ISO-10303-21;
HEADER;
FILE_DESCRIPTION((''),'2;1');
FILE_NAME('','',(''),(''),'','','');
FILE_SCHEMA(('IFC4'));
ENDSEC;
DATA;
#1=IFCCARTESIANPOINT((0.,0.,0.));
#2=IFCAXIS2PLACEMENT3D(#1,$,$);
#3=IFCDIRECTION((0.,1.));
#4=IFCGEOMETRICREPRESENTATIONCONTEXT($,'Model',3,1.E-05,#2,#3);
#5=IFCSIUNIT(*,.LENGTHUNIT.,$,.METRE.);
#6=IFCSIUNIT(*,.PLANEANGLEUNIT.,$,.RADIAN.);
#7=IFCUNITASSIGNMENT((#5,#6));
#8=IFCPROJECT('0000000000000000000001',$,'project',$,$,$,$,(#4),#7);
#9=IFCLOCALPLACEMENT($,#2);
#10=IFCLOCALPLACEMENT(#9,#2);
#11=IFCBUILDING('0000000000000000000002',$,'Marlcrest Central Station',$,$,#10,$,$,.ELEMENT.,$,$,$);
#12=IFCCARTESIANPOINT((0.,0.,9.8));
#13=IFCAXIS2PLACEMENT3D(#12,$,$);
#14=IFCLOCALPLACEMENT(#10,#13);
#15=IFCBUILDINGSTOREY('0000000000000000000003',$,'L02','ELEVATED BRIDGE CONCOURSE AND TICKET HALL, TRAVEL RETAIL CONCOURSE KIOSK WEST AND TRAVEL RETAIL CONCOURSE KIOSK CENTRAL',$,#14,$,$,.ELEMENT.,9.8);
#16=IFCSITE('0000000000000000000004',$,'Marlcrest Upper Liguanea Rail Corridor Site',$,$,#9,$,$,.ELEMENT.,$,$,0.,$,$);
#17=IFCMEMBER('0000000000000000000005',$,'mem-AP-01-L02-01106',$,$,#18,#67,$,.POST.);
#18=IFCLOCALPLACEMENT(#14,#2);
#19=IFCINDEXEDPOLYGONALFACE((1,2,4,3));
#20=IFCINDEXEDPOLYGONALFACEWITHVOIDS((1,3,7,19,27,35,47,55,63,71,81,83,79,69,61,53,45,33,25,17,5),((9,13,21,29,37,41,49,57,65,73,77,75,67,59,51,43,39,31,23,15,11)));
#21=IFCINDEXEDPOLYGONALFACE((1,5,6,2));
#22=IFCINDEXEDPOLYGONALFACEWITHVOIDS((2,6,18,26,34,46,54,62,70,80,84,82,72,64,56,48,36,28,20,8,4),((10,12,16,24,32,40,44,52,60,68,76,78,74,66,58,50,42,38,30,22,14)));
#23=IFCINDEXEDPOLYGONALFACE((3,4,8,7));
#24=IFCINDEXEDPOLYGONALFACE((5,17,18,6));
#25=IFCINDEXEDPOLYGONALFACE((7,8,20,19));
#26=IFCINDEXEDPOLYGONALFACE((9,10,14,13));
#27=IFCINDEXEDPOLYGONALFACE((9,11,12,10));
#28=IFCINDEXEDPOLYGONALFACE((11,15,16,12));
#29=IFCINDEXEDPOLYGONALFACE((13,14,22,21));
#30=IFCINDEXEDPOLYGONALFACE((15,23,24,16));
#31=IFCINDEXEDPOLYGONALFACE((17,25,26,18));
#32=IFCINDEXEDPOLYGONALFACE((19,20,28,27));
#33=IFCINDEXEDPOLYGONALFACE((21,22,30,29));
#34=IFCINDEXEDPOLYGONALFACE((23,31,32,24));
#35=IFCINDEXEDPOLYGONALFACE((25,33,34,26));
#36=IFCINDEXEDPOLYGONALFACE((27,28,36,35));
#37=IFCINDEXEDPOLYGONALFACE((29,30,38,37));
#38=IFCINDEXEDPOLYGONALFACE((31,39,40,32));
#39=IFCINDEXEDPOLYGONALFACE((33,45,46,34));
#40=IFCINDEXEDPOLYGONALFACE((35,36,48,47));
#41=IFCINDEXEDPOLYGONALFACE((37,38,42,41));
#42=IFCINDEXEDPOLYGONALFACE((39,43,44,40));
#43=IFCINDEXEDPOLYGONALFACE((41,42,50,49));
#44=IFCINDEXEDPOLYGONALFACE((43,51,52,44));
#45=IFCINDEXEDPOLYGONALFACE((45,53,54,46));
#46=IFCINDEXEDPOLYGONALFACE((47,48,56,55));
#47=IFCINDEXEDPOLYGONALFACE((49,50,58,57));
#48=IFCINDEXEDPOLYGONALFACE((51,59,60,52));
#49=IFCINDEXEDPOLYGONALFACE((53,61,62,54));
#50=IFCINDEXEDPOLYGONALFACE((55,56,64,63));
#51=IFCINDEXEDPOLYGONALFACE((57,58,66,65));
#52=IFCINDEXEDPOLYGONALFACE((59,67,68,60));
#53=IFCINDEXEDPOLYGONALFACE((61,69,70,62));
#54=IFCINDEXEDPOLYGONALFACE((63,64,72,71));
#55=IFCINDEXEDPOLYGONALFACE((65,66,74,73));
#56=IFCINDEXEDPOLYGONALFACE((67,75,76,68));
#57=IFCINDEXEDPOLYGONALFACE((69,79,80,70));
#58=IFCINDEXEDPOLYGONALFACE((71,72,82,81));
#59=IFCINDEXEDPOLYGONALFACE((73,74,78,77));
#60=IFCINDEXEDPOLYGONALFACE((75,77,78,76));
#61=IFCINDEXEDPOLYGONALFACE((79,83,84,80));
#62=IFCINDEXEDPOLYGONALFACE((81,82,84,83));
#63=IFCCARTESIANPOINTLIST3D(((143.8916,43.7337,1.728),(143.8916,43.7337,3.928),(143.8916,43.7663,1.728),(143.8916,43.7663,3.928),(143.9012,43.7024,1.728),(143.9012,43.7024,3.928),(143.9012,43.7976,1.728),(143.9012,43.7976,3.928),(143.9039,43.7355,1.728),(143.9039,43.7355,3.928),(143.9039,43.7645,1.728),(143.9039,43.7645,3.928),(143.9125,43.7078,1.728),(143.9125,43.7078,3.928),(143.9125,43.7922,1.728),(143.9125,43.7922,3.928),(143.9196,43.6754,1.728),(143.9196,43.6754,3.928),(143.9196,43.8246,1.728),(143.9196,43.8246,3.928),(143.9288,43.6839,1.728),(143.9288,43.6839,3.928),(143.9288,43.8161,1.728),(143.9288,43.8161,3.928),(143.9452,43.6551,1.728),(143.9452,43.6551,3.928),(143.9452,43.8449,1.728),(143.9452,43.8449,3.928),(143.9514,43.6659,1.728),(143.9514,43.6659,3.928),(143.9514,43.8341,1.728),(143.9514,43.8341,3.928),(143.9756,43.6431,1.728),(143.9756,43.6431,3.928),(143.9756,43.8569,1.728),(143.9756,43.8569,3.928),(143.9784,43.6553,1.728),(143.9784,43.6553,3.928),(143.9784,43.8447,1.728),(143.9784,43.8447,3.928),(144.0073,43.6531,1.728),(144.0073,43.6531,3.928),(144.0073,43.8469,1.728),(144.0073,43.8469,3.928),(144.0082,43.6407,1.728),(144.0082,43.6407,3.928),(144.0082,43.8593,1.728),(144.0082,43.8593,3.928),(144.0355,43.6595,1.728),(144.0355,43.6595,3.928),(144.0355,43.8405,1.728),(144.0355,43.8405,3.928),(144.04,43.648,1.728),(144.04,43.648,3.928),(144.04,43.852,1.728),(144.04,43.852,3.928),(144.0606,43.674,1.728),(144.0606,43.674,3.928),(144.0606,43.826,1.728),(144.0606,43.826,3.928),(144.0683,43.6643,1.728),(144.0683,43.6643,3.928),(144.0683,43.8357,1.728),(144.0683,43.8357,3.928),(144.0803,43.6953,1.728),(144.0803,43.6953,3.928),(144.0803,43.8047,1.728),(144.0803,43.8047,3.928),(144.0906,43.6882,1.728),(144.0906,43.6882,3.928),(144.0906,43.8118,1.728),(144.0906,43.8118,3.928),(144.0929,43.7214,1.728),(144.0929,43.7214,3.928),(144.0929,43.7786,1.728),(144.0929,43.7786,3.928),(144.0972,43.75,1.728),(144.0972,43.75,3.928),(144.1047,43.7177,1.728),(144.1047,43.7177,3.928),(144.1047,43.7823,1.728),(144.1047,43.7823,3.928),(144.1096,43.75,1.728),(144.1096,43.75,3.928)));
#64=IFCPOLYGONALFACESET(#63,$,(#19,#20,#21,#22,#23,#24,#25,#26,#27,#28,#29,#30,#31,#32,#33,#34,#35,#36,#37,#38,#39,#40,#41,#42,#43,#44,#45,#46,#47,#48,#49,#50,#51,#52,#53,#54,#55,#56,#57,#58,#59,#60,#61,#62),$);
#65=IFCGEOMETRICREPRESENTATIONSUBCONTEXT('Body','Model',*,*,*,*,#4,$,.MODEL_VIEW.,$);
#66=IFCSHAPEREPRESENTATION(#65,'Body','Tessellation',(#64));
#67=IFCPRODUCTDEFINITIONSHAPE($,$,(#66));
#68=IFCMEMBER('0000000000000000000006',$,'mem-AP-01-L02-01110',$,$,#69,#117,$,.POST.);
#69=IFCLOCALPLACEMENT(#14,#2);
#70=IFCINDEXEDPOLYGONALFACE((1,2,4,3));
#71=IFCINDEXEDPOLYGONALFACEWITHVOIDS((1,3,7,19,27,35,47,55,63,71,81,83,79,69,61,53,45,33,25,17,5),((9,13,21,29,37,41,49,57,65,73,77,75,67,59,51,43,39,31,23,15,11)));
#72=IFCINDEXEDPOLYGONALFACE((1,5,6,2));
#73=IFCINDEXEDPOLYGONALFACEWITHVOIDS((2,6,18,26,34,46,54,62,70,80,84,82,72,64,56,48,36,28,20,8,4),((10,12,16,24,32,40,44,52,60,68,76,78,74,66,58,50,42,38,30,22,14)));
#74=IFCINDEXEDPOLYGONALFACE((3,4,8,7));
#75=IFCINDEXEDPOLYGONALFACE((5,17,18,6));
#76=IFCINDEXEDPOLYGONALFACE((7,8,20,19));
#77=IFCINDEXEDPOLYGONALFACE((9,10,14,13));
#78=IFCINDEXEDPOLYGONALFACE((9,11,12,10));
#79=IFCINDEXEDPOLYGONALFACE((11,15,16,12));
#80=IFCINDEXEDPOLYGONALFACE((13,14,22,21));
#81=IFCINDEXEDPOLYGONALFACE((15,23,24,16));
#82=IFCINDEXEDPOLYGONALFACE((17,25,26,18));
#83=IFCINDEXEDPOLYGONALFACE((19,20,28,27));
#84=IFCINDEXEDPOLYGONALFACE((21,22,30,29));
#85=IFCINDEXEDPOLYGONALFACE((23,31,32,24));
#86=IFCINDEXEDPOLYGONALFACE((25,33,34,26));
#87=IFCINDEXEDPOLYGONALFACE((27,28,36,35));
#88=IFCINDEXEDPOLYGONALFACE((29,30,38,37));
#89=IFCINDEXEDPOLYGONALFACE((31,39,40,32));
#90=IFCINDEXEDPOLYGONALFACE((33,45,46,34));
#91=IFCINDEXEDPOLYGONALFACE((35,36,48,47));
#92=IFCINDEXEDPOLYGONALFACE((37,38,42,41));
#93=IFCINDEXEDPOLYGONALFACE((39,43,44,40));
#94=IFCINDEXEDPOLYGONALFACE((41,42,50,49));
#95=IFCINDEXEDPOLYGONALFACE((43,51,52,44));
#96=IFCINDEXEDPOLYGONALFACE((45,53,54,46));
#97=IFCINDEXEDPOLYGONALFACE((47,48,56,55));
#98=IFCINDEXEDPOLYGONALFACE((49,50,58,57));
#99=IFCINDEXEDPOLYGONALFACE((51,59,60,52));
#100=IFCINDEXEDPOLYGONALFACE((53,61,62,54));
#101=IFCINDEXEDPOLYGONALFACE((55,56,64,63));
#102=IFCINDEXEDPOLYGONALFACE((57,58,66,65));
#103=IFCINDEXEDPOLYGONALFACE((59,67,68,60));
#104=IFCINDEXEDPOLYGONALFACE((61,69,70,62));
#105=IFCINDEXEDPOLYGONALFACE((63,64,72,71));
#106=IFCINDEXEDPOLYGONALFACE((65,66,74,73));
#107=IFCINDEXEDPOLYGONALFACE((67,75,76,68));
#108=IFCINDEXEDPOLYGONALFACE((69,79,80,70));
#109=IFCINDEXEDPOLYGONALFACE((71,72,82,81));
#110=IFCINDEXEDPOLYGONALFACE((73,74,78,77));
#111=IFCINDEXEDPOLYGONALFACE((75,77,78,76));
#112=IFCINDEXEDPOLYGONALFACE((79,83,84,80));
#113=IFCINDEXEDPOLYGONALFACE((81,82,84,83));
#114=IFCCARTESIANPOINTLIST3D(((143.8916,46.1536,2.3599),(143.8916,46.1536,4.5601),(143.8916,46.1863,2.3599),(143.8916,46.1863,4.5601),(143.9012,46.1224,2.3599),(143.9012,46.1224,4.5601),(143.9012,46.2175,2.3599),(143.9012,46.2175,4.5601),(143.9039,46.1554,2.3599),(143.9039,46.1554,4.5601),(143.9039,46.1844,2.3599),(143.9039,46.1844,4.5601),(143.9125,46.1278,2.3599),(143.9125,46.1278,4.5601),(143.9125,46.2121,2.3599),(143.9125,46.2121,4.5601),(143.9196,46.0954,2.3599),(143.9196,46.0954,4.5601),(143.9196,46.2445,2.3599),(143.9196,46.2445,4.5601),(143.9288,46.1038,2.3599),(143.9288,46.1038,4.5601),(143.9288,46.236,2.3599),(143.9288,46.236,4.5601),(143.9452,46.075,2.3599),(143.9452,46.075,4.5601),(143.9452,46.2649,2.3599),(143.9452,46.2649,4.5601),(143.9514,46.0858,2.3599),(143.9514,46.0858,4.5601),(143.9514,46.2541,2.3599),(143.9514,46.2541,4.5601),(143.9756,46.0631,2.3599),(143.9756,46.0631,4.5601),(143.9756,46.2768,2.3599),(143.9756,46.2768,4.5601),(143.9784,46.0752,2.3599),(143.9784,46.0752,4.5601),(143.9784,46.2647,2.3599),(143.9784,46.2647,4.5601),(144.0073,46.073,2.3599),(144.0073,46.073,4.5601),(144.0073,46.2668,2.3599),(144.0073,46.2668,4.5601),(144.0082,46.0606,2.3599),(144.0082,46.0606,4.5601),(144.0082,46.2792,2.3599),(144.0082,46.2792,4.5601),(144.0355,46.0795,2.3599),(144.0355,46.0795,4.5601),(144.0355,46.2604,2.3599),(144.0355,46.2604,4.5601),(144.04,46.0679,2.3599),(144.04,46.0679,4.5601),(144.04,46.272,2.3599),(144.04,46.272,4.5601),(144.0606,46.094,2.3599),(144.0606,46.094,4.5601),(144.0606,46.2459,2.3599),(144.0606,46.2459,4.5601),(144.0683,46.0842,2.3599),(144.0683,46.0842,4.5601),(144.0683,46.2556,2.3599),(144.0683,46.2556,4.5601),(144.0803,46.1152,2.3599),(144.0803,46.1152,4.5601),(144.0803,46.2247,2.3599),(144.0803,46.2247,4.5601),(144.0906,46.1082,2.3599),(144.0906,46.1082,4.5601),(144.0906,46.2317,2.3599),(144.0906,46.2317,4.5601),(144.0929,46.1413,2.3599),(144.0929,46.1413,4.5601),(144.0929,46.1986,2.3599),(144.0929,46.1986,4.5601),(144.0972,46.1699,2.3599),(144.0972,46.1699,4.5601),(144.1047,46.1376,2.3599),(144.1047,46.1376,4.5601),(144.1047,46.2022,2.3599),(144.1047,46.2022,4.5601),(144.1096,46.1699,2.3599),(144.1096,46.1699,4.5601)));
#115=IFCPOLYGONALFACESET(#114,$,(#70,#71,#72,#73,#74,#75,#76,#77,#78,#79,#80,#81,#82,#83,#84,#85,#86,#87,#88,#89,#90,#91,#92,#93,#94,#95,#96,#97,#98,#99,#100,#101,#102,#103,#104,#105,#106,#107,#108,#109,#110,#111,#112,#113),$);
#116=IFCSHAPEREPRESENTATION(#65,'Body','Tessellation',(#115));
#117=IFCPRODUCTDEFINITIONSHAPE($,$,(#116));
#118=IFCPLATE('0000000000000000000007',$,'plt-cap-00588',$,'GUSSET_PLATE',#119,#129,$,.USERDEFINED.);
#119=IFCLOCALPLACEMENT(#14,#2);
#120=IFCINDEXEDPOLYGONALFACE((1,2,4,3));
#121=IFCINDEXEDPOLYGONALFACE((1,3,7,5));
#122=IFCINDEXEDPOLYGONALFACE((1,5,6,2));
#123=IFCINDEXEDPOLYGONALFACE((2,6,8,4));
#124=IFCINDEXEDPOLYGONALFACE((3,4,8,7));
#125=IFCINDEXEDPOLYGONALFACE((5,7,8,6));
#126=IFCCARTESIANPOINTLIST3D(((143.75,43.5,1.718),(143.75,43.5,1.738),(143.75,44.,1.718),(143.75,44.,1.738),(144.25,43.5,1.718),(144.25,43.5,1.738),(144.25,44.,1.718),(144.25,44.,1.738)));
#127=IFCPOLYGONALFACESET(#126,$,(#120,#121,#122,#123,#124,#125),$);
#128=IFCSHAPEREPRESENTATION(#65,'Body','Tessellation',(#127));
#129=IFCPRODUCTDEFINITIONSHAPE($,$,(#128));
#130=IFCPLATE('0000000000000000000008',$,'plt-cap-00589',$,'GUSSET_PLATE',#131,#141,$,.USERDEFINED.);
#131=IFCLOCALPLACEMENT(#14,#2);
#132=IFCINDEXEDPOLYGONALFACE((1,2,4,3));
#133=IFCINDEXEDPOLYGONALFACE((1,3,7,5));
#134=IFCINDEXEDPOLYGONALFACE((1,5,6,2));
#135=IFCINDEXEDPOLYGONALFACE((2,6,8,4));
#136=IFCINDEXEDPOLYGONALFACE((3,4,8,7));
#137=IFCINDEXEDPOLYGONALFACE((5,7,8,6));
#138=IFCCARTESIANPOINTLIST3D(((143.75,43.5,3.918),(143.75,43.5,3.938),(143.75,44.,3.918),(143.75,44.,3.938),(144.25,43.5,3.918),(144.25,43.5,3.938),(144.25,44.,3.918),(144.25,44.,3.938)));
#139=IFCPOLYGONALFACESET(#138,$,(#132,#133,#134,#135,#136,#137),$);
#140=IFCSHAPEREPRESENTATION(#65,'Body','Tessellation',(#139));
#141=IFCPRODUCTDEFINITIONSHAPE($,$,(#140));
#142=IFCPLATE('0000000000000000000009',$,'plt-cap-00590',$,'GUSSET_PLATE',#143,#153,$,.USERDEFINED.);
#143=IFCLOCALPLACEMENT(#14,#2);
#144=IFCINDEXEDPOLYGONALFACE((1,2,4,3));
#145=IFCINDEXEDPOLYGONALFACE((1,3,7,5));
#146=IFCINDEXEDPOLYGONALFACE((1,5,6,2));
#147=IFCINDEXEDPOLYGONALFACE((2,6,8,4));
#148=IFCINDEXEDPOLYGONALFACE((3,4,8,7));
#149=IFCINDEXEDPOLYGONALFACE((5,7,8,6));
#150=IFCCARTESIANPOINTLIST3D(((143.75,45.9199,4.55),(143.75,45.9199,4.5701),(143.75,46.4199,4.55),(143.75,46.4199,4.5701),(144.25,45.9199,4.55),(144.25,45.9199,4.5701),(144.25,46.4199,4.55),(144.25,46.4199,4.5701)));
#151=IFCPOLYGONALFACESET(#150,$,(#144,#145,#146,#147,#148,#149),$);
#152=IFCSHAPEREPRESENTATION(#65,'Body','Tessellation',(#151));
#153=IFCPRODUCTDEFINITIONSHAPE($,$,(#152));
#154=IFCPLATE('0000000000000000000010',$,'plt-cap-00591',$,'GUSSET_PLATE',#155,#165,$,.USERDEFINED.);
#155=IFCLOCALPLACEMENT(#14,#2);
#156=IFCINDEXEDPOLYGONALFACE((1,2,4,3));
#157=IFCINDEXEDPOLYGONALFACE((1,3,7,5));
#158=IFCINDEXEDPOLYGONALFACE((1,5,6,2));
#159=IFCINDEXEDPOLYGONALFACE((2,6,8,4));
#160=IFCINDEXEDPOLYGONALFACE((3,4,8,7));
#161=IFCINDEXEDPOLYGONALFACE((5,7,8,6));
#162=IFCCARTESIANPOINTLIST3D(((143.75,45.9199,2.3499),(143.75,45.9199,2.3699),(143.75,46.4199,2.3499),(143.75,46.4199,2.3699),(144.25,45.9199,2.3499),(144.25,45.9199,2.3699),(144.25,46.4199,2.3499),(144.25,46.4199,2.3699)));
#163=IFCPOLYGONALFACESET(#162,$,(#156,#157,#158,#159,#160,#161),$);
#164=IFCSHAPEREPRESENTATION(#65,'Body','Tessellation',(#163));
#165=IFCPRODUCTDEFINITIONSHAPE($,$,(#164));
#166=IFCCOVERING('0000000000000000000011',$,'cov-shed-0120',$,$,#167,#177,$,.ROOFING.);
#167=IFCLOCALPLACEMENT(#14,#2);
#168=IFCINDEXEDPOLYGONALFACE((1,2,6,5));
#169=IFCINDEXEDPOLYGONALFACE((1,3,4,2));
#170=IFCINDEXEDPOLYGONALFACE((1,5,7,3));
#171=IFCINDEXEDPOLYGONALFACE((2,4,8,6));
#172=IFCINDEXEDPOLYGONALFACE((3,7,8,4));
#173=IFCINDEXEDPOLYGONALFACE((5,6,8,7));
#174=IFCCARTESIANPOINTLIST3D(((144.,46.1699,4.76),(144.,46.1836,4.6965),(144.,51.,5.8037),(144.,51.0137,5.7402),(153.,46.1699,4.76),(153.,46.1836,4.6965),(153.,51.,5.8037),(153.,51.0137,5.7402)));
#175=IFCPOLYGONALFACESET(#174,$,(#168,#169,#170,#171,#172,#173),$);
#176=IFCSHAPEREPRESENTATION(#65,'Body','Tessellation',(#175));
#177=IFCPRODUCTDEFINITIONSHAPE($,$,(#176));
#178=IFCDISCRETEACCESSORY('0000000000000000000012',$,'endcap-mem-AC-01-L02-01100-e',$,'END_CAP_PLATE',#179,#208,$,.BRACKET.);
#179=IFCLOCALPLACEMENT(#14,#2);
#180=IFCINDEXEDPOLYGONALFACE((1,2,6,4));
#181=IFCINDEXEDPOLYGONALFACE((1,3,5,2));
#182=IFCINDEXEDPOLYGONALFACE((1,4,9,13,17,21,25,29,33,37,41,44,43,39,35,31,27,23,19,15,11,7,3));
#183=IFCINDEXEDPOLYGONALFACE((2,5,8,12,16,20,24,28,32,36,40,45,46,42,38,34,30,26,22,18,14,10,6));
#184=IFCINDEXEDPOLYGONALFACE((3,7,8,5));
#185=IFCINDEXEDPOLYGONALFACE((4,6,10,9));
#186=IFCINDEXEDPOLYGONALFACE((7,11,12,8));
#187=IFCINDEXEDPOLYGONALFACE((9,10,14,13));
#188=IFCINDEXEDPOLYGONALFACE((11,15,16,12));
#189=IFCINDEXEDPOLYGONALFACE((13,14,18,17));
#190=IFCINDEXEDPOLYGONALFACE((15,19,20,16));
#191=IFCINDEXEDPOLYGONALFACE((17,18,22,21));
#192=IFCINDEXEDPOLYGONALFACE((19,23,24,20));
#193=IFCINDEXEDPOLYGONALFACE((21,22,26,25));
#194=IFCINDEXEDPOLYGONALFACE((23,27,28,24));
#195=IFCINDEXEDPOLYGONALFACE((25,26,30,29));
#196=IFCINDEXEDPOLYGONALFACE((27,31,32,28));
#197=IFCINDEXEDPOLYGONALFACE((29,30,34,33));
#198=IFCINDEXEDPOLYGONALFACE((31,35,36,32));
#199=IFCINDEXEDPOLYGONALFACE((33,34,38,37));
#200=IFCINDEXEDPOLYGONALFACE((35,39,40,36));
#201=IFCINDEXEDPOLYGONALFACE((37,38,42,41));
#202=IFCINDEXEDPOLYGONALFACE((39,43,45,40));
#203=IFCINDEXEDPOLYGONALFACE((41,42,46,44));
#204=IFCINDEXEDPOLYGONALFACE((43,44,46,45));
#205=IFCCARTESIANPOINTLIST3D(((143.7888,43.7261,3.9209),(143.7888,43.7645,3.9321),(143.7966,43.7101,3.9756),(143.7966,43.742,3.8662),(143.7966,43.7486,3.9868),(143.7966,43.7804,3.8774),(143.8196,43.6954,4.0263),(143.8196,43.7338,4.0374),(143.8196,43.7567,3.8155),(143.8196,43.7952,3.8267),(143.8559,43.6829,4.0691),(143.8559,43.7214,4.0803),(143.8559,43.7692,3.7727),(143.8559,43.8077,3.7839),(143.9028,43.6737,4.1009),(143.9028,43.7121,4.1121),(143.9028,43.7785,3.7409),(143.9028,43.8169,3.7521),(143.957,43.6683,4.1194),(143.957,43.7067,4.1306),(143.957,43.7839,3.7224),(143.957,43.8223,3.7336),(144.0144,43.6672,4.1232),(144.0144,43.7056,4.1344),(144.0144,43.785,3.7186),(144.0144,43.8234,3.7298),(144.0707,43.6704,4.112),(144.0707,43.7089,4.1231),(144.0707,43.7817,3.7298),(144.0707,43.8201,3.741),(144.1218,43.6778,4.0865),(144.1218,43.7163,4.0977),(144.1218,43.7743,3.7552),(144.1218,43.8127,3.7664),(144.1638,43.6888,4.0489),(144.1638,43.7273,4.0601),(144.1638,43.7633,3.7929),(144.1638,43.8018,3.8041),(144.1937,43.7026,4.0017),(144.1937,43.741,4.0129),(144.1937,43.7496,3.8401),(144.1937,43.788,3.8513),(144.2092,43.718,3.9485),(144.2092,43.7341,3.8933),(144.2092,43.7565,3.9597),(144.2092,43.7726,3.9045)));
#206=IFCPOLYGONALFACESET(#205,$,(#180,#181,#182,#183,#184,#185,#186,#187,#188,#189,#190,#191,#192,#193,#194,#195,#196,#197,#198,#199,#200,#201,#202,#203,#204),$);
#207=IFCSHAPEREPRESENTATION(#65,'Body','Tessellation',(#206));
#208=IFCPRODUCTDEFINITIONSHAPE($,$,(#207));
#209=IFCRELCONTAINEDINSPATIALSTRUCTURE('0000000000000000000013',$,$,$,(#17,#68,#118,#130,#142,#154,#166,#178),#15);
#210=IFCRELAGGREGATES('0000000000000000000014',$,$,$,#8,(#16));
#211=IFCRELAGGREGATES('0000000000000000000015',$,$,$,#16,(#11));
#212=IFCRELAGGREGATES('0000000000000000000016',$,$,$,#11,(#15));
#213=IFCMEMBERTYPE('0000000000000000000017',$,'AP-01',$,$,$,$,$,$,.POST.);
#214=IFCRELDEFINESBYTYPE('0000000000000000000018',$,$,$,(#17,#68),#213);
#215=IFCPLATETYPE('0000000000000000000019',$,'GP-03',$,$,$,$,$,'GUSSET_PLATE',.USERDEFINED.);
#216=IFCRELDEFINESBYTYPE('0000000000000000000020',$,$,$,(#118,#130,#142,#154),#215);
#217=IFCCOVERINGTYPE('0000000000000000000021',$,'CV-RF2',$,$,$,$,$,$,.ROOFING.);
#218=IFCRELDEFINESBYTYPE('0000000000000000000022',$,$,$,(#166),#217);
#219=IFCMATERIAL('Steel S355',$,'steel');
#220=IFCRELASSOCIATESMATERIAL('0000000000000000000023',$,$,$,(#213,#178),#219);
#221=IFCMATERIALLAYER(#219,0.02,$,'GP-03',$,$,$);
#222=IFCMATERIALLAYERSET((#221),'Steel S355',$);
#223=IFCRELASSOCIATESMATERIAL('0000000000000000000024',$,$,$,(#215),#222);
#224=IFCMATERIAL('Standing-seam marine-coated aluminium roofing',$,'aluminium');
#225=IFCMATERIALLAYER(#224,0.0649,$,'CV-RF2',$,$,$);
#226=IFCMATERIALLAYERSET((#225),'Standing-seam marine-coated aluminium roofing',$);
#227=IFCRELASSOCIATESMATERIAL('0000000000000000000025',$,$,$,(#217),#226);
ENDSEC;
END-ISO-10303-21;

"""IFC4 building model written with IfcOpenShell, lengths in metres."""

from ifc_helpers import new_model, si_unit, direction, frame, origin, origin_2d, place, context, subcontext, project, spatial, polyline, rectangle, circle, hollow_circle, outline, extrude, material, layer, layer_set, material_profile, profile_set, type_object, element, save


model = new_model("IFC4")

# Units and contexts
model_context = context("Model", 3, precision=1e-05, world=origin(), true_north=direction((0.0, 1.0)))
body_context = subcontext(model_context, "Body", "Model", "MODEL_VIEW")
ifc_project = project(units=[si_unit("LENGTHUNIT", "METRE"), si_unit("PLANEANGLEUNIT", "RADIAN")], contexts=[model_context])

# Site, building, storey
site_placement = place(None, origin())
site = spatial("IfcSite", under=ifc_project, at=site_placement, Name="Marlcrest Upper Liguanea Rail Corridor Site", CompositionType="ELEMENT", RefElevation=0.0)
building_placement = place(site_placement, origin())
building = spatial("IfcBuilding", under=site, at=building_placement, Name="Marlcrest Central Station", CompositionType="ELEMENT")
storey_placement = place(building_placement, frame((0.0, 0.0, 9.8)))
storey = spatial("IfcBuildingStorey", under=building, at=storey_placement, Name="L02", Description="ELEVATED BRIDGE CONCOURSE AND TICKET HALL, TRAVEL RETAIL CONCOURSE KIOSK WEST AND TRAVEL RETAIL CONCOURSE KIOSK CENTRAL", CompositionType="ELEMENT", Elevation=9.8)

# Members
ifc_material_1 = material(Name="Steel S355", Category="steel")
ifc_material_profile_1 = material_profile(ifc_material_1, hollow_circle(Radius=0.1096, WallThickness=0.0125, at=origin_2d()), Name="CHS 219.1x12.5")
ifc_profile_set_1 = profile_set([ifc_material_profile_1], Name="Steel S355")
member_type_1 = type_object("IfcMemberType", Name="AP-01", PredefinedType="POST", material=ifc_profile_set_1)
member_1_placement = place(storey_placement, frame((144.0, 43.75, 1.728), z_axis=(0.0, 0.0, 1.0), x_axis=(1.0, 0.0, 0.0)))
element("IfcMember", 1, at=member_1_placement, inside=storey, type_object=member_type_1, Name="mem-AP-01-L02-01106", PredefinedType="POST", context=body_context, shape_type="SweptSolid", body=[
    extrude(hollow_circle(Radius=0.1096, WallThickness=0.0125, at=origin_2d()), origin(), (0.0, 0.0, 1.0), 2.2),
])
member_2_placement = place(storey_placement, frame((144.0, 46.1699, 2.3599), z_axis=(0.0, 0.0, 1.0), x_axis=(1.0, 0.0, 0.0)))
element("IfcMember", 2, at=member_2_placement, inside=storey, type_object=member_type_1, Name="mem-AP-01-L02-01110", PredefinedType="POST", context=body_context, shape_type="SweptSolid", body=[
    extrude(hollow_circle(Radius=0.1096, WallThickness=0.0125, at=origin_2d()), origin(), (0.0, 0.0, 1.0), 2.2002),
])

# Plates
ifc_layer_1 = layer(ifc_material_1, 0.02, Name="GP-03")
ifc_layer_set_1 = layer_set([ifc_layer_1], Name="Steel S355")
plate_type = type_object("IfcPlateType", Name="GP-03", ElementType="GUSSET_PLATE", PredefinedType="USERDEFINED", material=ifc_layer_set_1)
for number, where, z_axis, x_axis, name in (
    (3, (144.0, 43.75, 1.718), (0.0, 0.0, 1.0), (1.0, 0.0, 0.0), "plt-cap-00588"),
    (4, (144.0, 43.75, 3.918), (0.0, 0.0, 1.0), (1.0, 0.0, 0.0), "plt-cap-00589"),
    (5, (144.0, 46.1699, 4.55), (0.0, 0.0, 1.0), (1.0, 0.0, 0.0), "plt-cap-00590"),
    (6, (144.0, 46.1699, 2.3499), (0.0, 0.0, 1.0), (1.0, 0.0, 0.0), "plt-cap-00591"),
):
    element("IfcPlate", number, at=place(storey_placement, frame(where, z_axis=z_axis, x_axis=x_axis)), inside=storey, type_object=plate_type, Name=name, ObjectType="GUSSET_PLATE", PredefinedType="USERDEFINED", context=body_context, shape_type="SweptSolid", body=[
        extrude(rectangle(XDim=0.5, YDim=0.5, at=origin_2d()), origin(), (0.0, 0.0, 1.0), 0.02),
    ])

# Covering
ifc_material_2 = material(Name="Standing-seam marine-coated aluminium roofing", Category="aluminium")
ifc_layer_2 = layer(ifc_material_2, 0.0649, Name="CV-RF2")
ifc_layer_set_2 = layer_set([ifc_layer_2], Name="Standing-seam marine-coated aluminium roofing")
covering_type = type_object("IfcCoveringType", Name="CV-RF2", PredefinedType="ROOFING", material=ifc_layer_set_2)
covering_placement = place(storey_placement, frame((144.0, 46.1699, 4.76), z_axis=(0.0, -0.211209, 0.977441), x_axis=(1.0, 0.0, 0.0)))
element("IfcCovering", 7, at=covering_placement, inside=storey, type_object=covering_type, Name="cov-shed-0120", PredefinedType="ROOFING", context=body_context, shape_type="SweptSolid", body=[
    extrude(outline(polyline([(0.0, 0.0), (9.0, 0.0), (9.0, 4.9416), (0.0, 4.9416), (0.0, 0.0)])), origin(), (0.0, 0.0, -1.0), 0.0649),
])

# Discrete accessory
discrete_accessory_1_placement = place(storey_placement, frame((144.0, 43.7261, 3.9209), z_axis=(0.0, 0.96013, 0.279554), x_axis=(-1.0, 0.0, 0.0)))
element("IfcDiscreteAccessory", 8, at=discrete_accessory_1_placement, inside=storey, material=ifc_material_1, Name="endcap-mem-AC-01-L02-01100-e", ObjectType="END_CAP_PLATE", PredefinedType="BRACKET", context=body_context, shape_type="SweptSolid", body=[
    extrude(circle(Radius=0.2112, at=origin_2d()), origin(), (0.0, 0.0, 1.0), 0.04),
])

save(model, "model.ifc")
